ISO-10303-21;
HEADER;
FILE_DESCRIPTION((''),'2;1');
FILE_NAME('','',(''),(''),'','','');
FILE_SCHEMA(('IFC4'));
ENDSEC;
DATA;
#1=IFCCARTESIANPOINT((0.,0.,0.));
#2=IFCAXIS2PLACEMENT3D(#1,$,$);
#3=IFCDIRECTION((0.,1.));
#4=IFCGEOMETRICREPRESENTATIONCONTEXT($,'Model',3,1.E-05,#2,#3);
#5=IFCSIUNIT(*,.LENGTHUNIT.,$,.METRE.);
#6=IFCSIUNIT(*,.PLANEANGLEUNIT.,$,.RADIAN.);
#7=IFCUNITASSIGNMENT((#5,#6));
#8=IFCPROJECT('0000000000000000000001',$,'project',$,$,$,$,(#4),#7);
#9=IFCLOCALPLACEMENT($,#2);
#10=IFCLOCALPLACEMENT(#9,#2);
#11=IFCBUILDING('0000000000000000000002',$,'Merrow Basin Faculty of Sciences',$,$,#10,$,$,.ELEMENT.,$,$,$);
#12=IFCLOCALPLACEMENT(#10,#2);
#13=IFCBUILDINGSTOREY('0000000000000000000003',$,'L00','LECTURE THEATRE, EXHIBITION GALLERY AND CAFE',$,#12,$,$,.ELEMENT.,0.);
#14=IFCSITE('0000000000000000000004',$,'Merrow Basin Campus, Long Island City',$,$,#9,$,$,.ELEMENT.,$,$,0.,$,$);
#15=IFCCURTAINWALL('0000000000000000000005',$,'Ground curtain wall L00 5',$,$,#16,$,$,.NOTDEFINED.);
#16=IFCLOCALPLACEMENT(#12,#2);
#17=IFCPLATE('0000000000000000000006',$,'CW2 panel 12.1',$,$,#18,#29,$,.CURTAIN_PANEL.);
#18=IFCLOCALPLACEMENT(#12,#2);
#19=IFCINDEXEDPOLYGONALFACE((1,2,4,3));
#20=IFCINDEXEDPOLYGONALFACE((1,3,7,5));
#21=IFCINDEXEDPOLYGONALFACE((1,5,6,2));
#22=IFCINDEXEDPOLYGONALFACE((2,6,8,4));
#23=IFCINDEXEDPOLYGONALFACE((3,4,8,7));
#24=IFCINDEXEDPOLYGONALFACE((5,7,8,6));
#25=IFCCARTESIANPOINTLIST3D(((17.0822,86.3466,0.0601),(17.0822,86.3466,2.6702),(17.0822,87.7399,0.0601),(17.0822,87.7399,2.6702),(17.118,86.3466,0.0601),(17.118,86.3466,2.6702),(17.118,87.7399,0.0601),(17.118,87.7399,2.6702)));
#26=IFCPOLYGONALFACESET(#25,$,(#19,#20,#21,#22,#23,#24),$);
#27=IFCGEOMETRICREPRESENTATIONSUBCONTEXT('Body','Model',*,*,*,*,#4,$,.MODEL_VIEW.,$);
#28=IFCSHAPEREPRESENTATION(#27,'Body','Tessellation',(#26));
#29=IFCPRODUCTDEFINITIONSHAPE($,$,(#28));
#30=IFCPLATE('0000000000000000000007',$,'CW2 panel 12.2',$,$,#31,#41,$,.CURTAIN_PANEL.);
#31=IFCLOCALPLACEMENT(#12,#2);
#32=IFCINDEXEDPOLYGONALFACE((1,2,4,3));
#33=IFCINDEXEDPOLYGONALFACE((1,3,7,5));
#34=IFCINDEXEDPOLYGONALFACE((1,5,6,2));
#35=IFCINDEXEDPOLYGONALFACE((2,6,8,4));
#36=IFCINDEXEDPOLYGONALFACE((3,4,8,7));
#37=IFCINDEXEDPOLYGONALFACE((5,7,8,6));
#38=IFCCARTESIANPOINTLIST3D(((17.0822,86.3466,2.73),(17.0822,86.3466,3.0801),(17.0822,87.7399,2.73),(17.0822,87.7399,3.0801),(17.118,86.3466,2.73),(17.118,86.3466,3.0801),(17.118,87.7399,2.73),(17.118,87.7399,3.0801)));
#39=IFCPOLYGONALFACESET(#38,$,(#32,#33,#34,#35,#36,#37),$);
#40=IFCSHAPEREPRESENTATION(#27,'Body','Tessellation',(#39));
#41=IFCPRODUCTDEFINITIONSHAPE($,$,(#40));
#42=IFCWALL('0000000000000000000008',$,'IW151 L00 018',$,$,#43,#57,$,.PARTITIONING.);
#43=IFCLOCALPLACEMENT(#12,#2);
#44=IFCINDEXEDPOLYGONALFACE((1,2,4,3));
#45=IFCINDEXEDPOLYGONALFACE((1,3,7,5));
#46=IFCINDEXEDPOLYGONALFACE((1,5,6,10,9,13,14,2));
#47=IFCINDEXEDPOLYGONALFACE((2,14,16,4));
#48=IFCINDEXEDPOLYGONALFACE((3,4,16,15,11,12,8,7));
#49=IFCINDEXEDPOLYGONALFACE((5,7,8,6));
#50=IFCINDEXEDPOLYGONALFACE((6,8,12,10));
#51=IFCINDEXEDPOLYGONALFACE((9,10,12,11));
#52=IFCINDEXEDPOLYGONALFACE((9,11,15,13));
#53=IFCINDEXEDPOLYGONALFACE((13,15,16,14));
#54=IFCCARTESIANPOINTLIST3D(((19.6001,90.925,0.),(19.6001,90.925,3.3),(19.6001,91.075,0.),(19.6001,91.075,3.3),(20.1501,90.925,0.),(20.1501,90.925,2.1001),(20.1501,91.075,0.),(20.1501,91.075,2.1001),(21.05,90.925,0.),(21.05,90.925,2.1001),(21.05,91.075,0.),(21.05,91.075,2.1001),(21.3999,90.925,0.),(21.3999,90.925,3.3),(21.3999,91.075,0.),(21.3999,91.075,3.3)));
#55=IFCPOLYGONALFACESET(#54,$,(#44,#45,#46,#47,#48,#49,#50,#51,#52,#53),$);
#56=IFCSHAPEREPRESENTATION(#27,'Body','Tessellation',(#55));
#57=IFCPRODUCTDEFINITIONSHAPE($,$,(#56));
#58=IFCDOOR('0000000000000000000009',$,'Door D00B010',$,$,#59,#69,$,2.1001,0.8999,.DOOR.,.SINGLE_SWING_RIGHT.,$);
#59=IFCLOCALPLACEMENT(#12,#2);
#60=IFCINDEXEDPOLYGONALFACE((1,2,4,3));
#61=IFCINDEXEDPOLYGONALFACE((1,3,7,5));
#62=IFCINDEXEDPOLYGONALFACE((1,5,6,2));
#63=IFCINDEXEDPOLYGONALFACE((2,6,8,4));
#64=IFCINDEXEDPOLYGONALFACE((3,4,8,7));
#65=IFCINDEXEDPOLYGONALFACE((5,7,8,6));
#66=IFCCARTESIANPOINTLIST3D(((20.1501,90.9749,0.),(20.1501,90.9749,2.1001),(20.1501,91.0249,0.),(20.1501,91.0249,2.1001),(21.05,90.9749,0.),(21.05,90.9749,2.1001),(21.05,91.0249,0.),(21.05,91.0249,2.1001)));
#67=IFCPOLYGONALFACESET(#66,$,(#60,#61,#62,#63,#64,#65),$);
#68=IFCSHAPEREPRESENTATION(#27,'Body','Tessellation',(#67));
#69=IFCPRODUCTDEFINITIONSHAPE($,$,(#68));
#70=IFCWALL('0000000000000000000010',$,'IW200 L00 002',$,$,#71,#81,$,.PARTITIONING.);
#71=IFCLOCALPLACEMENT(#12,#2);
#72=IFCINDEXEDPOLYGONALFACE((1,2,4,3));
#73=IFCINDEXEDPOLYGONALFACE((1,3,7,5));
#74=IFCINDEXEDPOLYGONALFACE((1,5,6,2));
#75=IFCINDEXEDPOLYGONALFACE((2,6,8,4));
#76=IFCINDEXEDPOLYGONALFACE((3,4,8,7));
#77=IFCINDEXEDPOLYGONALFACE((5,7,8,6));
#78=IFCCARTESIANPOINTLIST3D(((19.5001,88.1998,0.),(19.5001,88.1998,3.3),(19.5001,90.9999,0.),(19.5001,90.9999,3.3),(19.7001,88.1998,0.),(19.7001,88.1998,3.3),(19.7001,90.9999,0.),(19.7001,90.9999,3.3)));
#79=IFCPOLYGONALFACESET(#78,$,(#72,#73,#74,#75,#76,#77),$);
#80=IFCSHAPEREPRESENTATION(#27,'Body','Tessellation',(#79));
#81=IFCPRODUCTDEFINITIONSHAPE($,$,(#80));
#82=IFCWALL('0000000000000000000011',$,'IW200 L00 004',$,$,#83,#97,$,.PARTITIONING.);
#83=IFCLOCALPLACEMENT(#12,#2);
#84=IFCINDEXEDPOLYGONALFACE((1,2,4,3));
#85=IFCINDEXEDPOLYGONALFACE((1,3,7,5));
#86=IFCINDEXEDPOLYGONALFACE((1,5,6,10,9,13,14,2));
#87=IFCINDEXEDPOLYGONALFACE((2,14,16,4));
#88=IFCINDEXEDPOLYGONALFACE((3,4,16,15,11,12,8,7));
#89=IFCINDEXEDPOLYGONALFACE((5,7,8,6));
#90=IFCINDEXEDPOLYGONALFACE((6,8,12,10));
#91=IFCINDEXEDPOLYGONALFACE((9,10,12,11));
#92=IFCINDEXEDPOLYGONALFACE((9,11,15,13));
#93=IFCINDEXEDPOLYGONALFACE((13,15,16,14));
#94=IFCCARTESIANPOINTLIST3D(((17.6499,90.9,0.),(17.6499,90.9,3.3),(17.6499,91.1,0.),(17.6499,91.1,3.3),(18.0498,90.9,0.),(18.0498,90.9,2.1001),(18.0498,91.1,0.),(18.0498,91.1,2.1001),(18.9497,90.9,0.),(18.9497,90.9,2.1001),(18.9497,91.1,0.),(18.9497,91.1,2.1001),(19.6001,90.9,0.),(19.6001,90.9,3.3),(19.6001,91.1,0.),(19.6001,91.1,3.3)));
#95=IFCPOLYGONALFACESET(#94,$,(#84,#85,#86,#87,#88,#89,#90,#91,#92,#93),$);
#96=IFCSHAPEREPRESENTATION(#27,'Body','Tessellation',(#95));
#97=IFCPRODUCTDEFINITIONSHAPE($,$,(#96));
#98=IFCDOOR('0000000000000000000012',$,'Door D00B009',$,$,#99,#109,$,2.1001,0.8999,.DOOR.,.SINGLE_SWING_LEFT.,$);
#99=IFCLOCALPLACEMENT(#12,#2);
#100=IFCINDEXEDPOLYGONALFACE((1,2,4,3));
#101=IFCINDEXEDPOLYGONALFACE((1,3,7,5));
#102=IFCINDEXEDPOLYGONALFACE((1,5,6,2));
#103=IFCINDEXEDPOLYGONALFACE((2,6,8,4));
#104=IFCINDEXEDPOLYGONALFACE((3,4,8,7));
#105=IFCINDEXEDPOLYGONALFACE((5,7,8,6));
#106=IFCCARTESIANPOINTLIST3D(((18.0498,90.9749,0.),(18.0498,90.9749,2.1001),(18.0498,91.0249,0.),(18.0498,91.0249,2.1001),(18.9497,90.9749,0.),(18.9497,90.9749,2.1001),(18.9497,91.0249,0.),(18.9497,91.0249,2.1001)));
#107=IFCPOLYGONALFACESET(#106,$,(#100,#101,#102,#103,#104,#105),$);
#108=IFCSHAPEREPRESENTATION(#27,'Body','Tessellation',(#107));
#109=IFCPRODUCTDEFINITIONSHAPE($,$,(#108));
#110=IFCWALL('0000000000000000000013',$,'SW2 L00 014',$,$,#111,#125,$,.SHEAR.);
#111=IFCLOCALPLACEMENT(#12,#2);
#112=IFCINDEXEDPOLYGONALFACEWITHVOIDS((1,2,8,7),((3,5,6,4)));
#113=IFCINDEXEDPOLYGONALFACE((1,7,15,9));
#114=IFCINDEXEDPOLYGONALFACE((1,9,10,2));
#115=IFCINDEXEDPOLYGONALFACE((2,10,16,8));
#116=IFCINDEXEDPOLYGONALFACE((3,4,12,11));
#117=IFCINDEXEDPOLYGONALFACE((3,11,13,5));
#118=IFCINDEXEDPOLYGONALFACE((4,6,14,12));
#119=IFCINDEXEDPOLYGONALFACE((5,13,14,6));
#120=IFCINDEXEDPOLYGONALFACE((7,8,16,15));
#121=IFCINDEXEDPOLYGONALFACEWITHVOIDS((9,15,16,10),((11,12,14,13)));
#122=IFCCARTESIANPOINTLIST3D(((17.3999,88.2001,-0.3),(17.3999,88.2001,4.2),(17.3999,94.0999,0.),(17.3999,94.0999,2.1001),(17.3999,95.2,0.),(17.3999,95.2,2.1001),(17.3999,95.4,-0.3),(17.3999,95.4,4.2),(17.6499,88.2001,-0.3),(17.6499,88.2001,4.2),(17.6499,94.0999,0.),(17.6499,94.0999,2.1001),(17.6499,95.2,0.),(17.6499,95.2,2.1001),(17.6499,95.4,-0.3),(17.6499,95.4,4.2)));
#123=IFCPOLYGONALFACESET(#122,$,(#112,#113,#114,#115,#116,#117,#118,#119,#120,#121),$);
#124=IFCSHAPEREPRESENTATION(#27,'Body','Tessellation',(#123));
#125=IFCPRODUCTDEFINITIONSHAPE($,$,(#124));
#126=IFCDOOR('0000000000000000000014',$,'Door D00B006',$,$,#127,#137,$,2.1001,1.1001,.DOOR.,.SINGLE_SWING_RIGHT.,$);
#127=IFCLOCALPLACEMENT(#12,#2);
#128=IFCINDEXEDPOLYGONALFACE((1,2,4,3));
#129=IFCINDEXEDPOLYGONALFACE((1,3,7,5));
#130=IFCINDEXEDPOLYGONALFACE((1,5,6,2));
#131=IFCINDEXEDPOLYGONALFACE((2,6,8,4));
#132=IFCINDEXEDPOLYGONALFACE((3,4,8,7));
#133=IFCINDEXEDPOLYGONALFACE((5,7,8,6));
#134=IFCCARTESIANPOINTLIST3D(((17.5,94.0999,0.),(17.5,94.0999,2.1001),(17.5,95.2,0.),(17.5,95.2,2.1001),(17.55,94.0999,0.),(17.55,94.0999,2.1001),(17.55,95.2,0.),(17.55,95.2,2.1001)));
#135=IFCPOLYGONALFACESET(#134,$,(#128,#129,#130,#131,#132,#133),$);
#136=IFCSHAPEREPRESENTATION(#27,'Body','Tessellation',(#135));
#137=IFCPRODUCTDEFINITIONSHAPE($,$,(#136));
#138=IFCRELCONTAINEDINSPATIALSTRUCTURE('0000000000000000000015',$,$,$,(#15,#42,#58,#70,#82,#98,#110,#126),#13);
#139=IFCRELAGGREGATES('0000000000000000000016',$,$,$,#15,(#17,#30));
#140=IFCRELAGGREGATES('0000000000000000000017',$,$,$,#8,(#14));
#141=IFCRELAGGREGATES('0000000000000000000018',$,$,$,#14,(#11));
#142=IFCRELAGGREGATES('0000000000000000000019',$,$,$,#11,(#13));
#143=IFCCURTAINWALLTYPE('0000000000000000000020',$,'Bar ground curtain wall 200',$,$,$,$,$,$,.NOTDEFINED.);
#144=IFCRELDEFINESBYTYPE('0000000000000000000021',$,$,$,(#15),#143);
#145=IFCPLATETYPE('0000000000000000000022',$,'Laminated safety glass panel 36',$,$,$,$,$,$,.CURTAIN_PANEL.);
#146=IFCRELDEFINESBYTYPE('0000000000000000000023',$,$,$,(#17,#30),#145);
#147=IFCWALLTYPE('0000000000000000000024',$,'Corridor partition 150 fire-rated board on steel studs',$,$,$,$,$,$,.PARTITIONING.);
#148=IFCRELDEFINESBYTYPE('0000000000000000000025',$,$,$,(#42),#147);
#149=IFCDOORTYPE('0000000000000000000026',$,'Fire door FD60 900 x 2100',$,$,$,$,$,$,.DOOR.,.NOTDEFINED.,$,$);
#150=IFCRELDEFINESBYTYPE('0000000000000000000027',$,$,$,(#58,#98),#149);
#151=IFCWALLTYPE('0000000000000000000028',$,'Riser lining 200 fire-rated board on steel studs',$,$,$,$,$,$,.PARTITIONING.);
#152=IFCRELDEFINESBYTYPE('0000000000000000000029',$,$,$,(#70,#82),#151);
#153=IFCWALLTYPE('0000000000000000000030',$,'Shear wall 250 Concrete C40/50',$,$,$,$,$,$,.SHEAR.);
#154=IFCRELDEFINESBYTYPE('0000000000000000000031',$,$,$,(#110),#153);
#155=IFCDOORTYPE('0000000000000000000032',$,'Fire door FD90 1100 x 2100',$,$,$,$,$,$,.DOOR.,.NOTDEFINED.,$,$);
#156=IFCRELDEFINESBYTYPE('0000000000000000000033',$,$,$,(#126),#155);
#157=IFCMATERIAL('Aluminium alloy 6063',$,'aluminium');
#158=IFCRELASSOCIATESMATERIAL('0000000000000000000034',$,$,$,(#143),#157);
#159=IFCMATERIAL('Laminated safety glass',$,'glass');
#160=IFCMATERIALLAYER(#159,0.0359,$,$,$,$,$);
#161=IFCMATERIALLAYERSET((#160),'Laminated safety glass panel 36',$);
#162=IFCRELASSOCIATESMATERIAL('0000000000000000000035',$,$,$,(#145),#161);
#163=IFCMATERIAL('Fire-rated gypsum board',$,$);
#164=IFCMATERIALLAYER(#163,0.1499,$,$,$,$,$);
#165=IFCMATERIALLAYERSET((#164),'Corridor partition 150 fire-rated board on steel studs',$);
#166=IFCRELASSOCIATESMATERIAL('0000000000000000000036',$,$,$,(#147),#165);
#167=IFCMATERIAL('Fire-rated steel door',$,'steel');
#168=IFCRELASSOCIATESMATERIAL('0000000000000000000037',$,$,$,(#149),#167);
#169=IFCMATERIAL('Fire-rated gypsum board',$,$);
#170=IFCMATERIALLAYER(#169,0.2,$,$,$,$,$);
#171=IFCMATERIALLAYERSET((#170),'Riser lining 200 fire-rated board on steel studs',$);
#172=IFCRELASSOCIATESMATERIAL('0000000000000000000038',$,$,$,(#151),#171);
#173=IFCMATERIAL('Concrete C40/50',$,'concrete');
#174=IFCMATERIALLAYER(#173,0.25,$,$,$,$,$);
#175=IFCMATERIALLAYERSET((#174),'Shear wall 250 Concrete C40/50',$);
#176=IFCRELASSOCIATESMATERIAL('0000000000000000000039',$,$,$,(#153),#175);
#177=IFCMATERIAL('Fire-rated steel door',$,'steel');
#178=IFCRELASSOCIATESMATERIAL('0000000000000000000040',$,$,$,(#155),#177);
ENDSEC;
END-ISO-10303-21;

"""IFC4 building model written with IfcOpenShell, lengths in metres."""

from ifc_helpers import new_model, si_unit, direction, frame, frame_2d, origin, origin_2d, place, context, subcontext, project, spatial, rectangle, extrude, material, layer, layer_set, type_object, element, fill, aggregate, save


model = new_model("IFC4")

# Units and contexts
model_context = context("Model", 3, precision=1e-05, world=origin(), true_north=direction((0.0, 1.0)))
body_context = subcontext(model_context, "Body", "Model", "MODEL_VIEW")
ifc_project = project(units=[si_unit("LENGTHUNIT", "METRE"), si_unit("PLANEANGLEUNIT", "RADIAN")], contexts=[model_context])

# Site, building, storey
site_placement = place(None, origin())
site = spatial("IfcSite", under=ifc_project, at=site_placement, Name="Merrow Basin Campus, Long Island City", CompositionType="ELEMENT", RefElevation=0.0)
building_placement = place(site_placement, origin())
building = spatial("IfcBuilding", under=site, at=building_placement, Name="Merrow Basin Faculty of Sciences", CompositionType="ELEMENT")
storey_placement = place(building_placement, origin())
storey = spatial("IfcBuildingStorey", under=building, at=storey_placement, Name="L00", Description="LECTURE THEATRE, EXHIBITION GALLERY AND CAFE", CompositionType="ELEMENT", Elevation=0.0)

# Curtain wall, plates
ifc_material_1 = material(Name="Aluminium alloy 6063", Category="aluminium")
curtain_wall_type = type_object("IfcCurtainWallType", Name="Bar ground curtain wall 200", PredefinedType="NOTDEFINED", material=ifc_material_1)
curtain_wall_placement = place(storey_placement, origin())
curtain_wall = element("IfcCurtainWall", 1, at=curtain_wall_placement, inside=storey, type_object=curtain_wall_type, Name="Ground curtain wall L00 5", PredefinedType="NOTDEFINED")
ifc_material_2 = material(Name="Laminated safety glass", Category="glass")
ifc_layer_1 = layer(ifc_material_2, 0.0359)
ifc_layer_set_1 = layer_set([ifc_layer_1], Name="Laminated safety glass panel 36")
plate_type = type_object("IfcPlateType", Name="Laminated safety glass panel 36", PredefinedType="CURTAIN_PANEL", material=ifc_layer_set_1)
plate_1_placement = place(storey_placement, frame((17.1001, 87.0432, 0.0601), z_axis=(0.0, 0.0, 1.0), x_axis=(0.0, 1.0, 0.0)))
plate_1 = element("IfcPlate", 2, at=plate_1_placement, type_object=plate_type, Name="CW2 panel 12.1", PredefinedType="CURTAIN_PANEL", context=body_context, shape_type="SweptSolid", body=[
    extrude(rectangle(XDim=1.3933, YDim=0.0359, at=origin_2d()), origin(), (0.0, 0.0, 1.0), 2.6101),
])
plate_2_placement = place(storey_placement, frame((17.1001, 87.0432, 2.73), z_axis=(0.0, 0.0, 1.0), x_axis=(0.0, 1.0, 0.0)))
plate_2 = element("IfcPlate", 3, at=plate_2_placement, type_object=plate_type, Name="CW2 panel 12.2", PredefinedType="CURTAIN_PANEL", context=body_context, shape_type="SweptSolid", body=[
    extrude(rectangle(XDim=1.3933, YDim=0.0359, at=origin_2d()), origin(), (0.0, 0.0, 1.0), 0.3501),
])
aggregate(curtain_wall, [plate_1, plate_2])

# Wall, opening, door
ifc_material_3 = material(Name="Fire-rated gypsum board")
ifc_layer_2 = layer(ifc_material_3, 0.1499)
ifc_layer_set_2 = layer_set([ifc_layer_2], Name="Corridor partition 150 fire-rated board on steel studs")
wall_type_1 = type_object("IfcWallType", Name="Corridor partition 150 fire-rated board on steel studs", PredefinedType="PARTITIONING", material=ifc_layer_set_2)
wall_1_placement = place(storey_placement, frame((19.6001, 91.0, 0.0), z_axis=(0.0, 0.0, 1.0), x_axis=(1.0, 0.0, 0.0)))
wall_1 = element("IfcWall", 4, at=wall_1_placement, inside=storey, type_object=wall_type_1, Name="IW151 L00 018", PredefinedType="PARTITIONING", context=body_context, shape_type="SweptSolid", body=[
    extrude(rectangle(XDim=1.7998, YDim=0.1499, at=frame_2d((0.8999, 0.0))), origin(), (0.0, 0.0, 1.0), 3.3),
])
opening_1_placement = place(wall_1_placement, frame((0.55, 0.0, 0.0)))
opening_1 = element("IfcOpeningElement", 5, at=opening_1_placement, cuts=wall_1, PredefinedType="OPENING", context=body_context, shape_type="SweptSolid", body=[
    extrude(rectangle(XDim=0.8999, YDim=2.1001, at=frame_2d((0.45, 1.05))), frame((0.0, 0.085, 0.0), z_axis=(0.0, -1.0, 0.0), x_axis=(1.0, 0.0, 0.0)), (0.0, 0.0, 1.0), 0.1699),
])
ifc_material_4 = material(Name="Fire-rated steel door", Category="steel")
door_type_1 = type_object("IfcDoorType", Name="Fire door FD60 900 x 2100", OperationType="NOTDEFINED", PredefinedType="DOOR", material=ifc_material_4)
door_1_placement = place(opening_1_placement, origin())
door_1 = element("IfcDoor", 6, at=door_1_placement, inside=storey, type_object=door_type_1, Name="Door D00B010", OperationType="SINGLE_SWING_RIGHT", OverallHeight=2.1001, OverallWidth=0.8999, PredefinedType="DOOR", context=body_context, shape_type="SweptSolid", body=[
    extrude(rectangle(XDim=0.8999, YDim=2.1001, at=frame_2d((0.45, 1.05))), frame((0.0, 0.0249, 0.0), z_axis=(0.0, -1.0, 0.0), x_axis=(1.0, 0.0, 0.0)), (0.0, 0.0, 1.0), 0.05),
])
fill(opening_1, door_1)

# Wall
ifc_material_5 = material(Name="Fire-rated gypsum board")
ifc_layer_3 = layer(ifc_material_5, 0.2)
ifc_layer_set_3 = layer_set([ifc_layer_3], Name="Riser lining 200 fire-rated board on steel studs")
wall_type_2 = type_object("IfcWallType", Name="Riser lining 200 fire-rated board on steel studs", PredefinedType="PARTITIONING", material=ifc_layer_set_3)
wall_2_placement = place(storey_placement, frame((19.6001, 88.2, 0.0), z_axis=(0.0, 0.0, 1.0), x_axis=(0.0, 1.0, 0.0)))
element("IfcWall", 7, at=wall_2_placement, inside=storey, type_object=wall_type_2, Name="IW200 L00 002", PredefinedType="PARTITIONING", context=body_context, shape_type="SweptSolid", body=[
    extrude(rectangle(XDim=2.8, YDim=0.2, at=frame_2d((1.3999, 0.0))), origin(), (0.0, 0.0, 1.0), 3.3),
])

# Walls, openings, doors
wall_3_placement = place(storey_placement, frame((17.6499, 91.0, 0.0), z_axis=(0.0, 0.0, 1.0), x_axis=(1.0, 0.0, 0.0)))
wall_3 = element("IfcWall", 8, at=wall_3_placement, inside=storey, type_object=wall_type_2, Name="IW200 L00 004", PredefinedType="PARTITIONING", context=body_context, shape_type="SweptSolid", body=[
    extrude(rectangle(XDim=1.9502, YDim=0.2, at=frame_2d((0.9751, 0.0))), origin(), (0.0, 0.0, 1.0), 3.3),
])
opening_2_placement = place(wall_3_placement, frame((0.3999, 0.0, 0.0)))
opening_2 = element("IfcOpeningElement", 9, at=opening_2_placement, cuts=wall_3, PredefinedType="OPENING", context=body_context, shape_type="SweptSolid", body=[
    extrude(rectangle(XDim=0.8999, YDim=2.1001, at=frame_2d((0.45, 1.05))), frame((0.0, 0.1099, 0.0), z_axis=(0.0, -1.0, 0.0), x_axis=(1.0, 0.0, 0.0)), (0.0, 0.0, 1.0), 0.22),
])
door_2_placement = place(opening_2_placement, origin())
door_2 = element("IfcDoor", 10, at=door_2_placement, inside=storey, type_object=door_type_1, Name="Door D00B009", OperationType="SINGLE_SWING_LEFT", OverallHeight=2.1001, OverallWidth=0.8999, PredefinedType="DOOR", context=body_context, shape_type="SweptSolid", body=[
    extrude(rectangle(XDim=0.8999, YDim=2.1001, at=frame_2d((0.45, 1.05))), frame((0.0, 0.0249, 0.0), z_axis=(0.0, -1.0, 0.0), x_axis=(1.0, 0.0, 0.0)), (0.0, 0.0, 1.0), 0.05),
])
fill(opening_2, door_2)
ifc_material_6 = material(Name="Concrete C40/50", Category="concrete")
ifc_layer_4 = layer(ifc_material_6, 0.25)
ifc_layer_set_4 = layer_set([ifc_layer_4], Name="Shear wall 250 Concrete C40/50")
wall_type_3 = type_object("IfcWallType", Name="Shear wall 250 Concrete C40/50", PredefinedType="SHEAR", material=ifc_layer_set_4)
wall_4_placement = place(storey_placement, frame((17.5249, 88.2, -0.3), z_axis=(0.0, 0.0, 1.0), x_axis=(0.0, 1.0, 0.0)))
wall_4 = element("IfcWall", 11, at=wall_4_placement, inside=storey, type_object=wall_type_3, Name="SW2 L00 014", PredefinedType="SHEAR", context=body_context, shape_type="SweptSolid", body=[
    extrude(rectangle(XDim=7.2, YDim=0.25, at=frame_2d((3.6001, 0.0))), origin(), (0.0, 0.0, 1.0), 4.5),
])
opening_3_placement = place(wall_4_placement, frame((5.8999, 0.0, 0.3)))
opening_3 = element("IfcOpeningElement", 12, at=opening_3_placement, cuts=wall_4, PredefinedType="OPENING", context=body_context, shape_type="SweptSolid", body=[
    extrude(rectangle(XDim=1.1001, YDim=2.1001, at=frame_2d((0.55, 1.05))), frame((0.0, 0.135, 0.0), z_axis=(0.0, -1.0, 0.0), x_axis=(1.0, 0.0, 0.0)), (0.0, 0.0, 1.0), 0.27),
])
ifc_material_7 = material(Name="Fire-rated steel door", Category="steel")
door_type_2 = type_object("IfcDoorType", Name="Fire door FD90 1100 x 2100", OperationType="NOTDEFINED", PredefinedType="DOOR", material=ifc_material_7)
door_3_placement = place(opening_3_placement, origin())
door_3 = element("IfcDoor", 13, at=door_3_placement, inside=storey, type_object=door_type_2, Name="Door D00B006", OperationType="SINGLE_SWING_RIGHT", OverallHeight=2.1001, OverallWidth=1.1001, PredefinedType="DOOR", context=body_context, shape_type="SweptSolid", body=[
    extrude(rectangle(XDim=1.1001, YDim=2.1001, at=frame_2d((0.55, 1.05))), frame((0.0, 0.0249, 0.0), z_axis=(0.0, -1.0, 0.0), x_axis=(1.0, 0.0, 0.0)), (0.0, 0.0, 1.0), 0.05),
])
fill(opening_3, door_3)

save(model, "model.ifc")
